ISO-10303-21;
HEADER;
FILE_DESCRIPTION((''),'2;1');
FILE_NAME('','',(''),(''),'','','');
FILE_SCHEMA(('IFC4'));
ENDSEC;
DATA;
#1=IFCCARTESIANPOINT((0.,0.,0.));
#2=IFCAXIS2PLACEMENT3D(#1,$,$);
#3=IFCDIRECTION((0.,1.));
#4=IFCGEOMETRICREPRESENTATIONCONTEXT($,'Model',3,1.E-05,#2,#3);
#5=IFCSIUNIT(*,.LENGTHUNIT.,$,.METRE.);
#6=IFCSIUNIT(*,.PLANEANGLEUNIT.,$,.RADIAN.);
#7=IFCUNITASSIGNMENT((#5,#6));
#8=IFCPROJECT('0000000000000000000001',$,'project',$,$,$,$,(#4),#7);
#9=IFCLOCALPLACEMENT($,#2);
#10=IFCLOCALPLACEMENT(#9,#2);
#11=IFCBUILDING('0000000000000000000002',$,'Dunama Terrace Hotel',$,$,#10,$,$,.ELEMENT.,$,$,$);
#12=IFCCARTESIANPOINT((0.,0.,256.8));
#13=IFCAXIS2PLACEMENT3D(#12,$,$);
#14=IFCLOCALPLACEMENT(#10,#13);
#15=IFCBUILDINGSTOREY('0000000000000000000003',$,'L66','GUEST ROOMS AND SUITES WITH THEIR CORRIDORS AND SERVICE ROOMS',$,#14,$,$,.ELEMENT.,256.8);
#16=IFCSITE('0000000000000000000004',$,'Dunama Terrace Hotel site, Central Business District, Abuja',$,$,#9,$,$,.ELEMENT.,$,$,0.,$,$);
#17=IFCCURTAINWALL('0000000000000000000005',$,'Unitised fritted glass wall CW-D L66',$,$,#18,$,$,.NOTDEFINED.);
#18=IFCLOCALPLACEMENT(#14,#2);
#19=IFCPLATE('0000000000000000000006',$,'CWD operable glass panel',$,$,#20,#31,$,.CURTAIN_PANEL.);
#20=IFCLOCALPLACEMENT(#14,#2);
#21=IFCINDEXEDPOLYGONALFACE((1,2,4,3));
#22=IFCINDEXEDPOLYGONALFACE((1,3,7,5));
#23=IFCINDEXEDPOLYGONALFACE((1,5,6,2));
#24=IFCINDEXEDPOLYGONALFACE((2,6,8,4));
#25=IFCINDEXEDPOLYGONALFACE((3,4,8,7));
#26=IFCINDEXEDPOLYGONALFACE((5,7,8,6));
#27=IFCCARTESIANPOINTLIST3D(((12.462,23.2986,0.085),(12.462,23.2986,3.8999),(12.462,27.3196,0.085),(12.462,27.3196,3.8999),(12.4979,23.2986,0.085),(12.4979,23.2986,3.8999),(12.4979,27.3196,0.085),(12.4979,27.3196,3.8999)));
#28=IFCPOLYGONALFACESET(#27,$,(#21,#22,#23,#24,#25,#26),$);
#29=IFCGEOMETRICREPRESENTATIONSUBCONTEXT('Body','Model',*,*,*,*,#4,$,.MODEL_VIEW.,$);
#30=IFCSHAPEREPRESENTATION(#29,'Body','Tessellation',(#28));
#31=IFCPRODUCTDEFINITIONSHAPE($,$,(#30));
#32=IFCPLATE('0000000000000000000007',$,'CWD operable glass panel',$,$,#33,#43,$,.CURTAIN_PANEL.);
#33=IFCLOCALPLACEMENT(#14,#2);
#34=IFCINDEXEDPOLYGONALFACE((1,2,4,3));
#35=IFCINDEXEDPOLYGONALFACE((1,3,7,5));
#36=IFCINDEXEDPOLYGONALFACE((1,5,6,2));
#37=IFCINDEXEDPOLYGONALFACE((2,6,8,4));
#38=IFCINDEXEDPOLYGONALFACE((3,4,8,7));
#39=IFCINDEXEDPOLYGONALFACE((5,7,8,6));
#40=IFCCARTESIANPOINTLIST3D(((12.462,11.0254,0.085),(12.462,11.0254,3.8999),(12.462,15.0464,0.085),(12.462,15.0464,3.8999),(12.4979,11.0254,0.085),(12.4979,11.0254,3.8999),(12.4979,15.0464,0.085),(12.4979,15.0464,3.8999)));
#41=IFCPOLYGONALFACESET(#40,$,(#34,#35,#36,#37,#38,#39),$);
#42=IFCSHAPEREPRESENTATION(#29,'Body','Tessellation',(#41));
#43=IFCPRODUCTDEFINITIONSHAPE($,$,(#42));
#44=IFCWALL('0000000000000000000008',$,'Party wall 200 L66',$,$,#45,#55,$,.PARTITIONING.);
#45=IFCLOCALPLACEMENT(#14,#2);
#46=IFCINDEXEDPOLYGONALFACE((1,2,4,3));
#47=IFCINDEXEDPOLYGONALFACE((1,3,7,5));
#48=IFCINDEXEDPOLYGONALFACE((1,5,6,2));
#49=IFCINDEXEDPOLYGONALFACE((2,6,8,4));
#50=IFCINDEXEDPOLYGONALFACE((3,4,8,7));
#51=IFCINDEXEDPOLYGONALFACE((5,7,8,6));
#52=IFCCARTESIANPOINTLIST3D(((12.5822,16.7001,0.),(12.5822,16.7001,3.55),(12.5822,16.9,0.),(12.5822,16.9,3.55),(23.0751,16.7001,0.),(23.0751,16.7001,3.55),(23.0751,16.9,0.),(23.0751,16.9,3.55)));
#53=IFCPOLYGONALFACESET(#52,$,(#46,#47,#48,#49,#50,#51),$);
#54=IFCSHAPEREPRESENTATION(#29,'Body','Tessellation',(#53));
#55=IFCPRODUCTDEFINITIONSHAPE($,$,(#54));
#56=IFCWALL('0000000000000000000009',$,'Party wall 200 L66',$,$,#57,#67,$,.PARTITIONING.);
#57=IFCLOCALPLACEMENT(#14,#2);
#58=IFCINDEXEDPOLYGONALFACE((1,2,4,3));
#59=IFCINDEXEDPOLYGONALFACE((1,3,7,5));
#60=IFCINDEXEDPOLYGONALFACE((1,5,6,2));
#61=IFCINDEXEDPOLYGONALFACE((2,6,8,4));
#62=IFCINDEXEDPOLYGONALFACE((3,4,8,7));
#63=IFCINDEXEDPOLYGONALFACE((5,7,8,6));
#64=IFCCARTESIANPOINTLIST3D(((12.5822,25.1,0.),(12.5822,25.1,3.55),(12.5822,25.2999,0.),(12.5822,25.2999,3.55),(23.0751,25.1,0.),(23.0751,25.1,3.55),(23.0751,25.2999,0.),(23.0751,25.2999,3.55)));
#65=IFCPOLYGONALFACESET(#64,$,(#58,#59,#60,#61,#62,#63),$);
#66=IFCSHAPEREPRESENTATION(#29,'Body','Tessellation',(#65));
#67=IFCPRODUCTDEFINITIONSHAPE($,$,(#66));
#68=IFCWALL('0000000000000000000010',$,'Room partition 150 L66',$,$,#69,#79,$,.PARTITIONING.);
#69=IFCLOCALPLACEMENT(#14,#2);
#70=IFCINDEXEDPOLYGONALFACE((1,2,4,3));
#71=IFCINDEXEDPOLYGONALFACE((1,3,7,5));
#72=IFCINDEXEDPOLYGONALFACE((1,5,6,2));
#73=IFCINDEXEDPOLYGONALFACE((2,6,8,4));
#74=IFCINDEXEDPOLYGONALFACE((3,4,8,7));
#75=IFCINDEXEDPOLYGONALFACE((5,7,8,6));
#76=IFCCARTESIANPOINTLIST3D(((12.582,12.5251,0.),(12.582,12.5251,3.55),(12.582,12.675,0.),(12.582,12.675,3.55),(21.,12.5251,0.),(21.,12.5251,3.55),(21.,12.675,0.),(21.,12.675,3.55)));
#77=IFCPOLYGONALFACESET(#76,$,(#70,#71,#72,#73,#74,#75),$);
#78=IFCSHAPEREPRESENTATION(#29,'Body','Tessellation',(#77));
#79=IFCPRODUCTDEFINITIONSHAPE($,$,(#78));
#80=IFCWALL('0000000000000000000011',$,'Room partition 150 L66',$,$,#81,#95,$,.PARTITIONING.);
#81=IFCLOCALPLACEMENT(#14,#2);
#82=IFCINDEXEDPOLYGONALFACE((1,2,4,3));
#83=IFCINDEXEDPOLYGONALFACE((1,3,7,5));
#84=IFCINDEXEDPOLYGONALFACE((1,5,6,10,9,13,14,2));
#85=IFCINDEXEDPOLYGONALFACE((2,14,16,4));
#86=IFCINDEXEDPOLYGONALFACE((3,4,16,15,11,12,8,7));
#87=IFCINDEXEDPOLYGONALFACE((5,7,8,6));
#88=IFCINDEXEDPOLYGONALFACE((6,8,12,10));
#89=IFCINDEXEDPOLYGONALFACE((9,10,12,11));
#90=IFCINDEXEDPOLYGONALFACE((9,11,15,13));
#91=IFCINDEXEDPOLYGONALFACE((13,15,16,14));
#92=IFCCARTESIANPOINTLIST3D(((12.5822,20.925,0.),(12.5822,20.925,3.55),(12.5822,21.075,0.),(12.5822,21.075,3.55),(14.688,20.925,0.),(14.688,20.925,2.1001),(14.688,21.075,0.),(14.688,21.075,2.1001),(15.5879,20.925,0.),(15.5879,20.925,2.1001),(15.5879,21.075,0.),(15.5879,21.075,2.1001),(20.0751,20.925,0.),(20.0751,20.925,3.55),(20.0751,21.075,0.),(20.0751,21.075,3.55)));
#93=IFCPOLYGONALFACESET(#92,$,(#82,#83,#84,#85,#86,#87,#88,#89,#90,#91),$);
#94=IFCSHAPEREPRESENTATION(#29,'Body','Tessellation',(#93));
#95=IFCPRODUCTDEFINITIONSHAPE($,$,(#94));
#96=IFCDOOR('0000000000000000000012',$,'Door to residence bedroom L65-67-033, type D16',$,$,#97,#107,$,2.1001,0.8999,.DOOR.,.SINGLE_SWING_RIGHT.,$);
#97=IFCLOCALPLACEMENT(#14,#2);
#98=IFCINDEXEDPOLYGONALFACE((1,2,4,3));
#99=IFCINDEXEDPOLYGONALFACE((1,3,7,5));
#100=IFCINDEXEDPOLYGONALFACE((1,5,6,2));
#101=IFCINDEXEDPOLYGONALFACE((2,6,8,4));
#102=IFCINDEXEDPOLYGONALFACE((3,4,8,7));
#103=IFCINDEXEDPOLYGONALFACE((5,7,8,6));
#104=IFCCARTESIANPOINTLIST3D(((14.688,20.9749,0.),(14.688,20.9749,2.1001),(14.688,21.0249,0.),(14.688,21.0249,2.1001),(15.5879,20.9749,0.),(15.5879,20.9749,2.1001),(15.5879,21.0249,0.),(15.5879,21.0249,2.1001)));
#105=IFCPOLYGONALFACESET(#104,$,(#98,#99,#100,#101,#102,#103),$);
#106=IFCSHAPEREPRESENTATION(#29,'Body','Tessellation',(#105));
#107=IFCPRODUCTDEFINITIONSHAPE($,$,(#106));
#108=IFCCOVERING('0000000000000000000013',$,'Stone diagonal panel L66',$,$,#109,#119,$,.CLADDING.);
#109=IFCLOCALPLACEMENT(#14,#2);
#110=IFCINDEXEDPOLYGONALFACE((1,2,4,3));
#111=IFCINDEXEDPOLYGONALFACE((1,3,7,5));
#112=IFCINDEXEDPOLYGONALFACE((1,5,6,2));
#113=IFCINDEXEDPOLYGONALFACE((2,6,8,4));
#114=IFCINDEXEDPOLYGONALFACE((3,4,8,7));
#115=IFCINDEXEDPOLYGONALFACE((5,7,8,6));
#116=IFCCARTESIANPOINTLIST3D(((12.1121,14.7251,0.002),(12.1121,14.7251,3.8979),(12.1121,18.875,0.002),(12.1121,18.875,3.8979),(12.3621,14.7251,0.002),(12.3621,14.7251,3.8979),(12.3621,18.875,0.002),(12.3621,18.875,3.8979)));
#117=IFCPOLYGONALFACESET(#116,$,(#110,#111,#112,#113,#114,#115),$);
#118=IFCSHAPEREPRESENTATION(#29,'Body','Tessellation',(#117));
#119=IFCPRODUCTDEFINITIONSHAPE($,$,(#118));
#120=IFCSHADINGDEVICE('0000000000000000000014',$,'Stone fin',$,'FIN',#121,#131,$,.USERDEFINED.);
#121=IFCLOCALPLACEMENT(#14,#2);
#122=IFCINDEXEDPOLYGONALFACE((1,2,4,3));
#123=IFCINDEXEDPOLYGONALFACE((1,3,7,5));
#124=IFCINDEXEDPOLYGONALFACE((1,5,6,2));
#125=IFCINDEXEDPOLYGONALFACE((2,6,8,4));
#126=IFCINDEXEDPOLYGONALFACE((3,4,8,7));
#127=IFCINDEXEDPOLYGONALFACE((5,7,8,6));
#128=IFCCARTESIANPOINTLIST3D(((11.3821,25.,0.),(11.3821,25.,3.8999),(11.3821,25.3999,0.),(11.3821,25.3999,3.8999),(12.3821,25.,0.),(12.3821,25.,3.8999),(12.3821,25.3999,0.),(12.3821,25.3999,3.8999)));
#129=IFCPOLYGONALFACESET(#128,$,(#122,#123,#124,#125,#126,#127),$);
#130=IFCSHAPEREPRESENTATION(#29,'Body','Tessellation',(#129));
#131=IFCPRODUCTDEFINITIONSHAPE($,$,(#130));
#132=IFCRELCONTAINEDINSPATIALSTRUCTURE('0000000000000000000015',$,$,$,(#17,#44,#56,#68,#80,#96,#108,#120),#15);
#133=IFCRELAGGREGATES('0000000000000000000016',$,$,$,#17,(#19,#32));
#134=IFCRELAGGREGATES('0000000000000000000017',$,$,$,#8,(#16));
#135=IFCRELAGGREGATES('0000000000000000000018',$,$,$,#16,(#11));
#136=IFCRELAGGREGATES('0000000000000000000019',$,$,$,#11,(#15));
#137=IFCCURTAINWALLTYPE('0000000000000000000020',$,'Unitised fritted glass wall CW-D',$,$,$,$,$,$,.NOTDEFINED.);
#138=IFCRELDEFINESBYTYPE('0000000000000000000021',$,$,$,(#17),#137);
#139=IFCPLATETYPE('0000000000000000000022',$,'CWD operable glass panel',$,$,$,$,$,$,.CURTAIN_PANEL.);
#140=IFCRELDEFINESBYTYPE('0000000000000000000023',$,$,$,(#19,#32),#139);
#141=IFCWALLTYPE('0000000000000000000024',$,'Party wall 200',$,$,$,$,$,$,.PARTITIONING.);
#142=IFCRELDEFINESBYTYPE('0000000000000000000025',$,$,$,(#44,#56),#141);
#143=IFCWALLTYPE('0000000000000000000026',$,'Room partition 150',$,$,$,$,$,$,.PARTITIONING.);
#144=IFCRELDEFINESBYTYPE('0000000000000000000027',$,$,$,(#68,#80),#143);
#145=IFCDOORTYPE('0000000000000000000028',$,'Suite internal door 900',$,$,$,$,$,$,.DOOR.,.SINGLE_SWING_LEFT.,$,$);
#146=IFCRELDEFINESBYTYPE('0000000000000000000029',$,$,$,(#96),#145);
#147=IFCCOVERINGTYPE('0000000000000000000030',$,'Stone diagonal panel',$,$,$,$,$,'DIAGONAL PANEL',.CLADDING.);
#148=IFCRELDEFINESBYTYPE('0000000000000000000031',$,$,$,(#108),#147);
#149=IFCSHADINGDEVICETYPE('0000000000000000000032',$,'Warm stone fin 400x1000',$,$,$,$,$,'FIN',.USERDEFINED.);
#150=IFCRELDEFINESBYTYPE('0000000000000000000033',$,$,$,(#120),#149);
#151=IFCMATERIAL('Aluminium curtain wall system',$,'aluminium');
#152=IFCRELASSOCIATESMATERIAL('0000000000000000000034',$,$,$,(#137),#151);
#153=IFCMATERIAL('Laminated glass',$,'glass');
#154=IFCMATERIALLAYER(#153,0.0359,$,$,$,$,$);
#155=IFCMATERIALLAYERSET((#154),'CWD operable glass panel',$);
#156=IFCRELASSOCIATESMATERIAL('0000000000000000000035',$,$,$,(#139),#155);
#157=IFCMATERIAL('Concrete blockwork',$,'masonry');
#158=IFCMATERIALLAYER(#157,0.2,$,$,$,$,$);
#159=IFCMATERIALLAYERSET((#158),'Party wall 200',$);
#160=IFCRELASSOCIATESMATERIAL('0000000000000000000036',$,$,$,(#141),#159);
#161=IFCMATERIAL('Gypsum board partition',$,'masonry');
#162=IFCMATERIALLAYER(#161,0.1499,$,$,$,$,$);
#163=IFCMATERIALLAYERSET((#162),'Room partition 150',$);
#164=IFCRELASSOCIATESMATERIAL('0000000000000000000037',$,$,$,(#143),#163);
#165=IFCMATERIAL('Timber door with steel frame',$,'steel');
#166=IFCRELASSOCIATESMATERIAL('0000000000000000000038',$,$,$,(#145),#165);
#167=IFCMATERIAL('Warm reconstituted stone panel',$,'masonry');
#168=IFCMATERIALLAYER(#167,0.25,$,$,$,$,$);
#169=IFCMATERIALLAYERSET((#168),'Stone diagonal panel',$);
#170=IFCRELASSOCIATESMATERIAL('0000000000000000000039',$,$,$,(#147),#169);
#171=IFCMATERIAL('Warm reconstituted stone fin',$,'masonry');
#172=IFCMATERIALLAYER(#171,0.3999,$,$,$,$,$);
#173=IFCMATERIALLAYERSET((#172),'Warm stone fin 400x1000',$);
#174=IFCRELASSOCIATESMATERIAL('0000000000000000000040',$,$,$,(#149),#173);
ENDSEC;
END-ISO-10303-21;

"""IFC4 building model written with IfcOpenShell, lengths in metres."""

from ifc_helpers import new_model, si_unit, direction, frame, frame_2d, origin, origin_2d, place, context, subcontext, project, spatial, rectangle, extrude, material, layer, layer_set, type_object, element, fill, aggregate, save


model = new_model("IFC4")

# Units and contexts
model_context = context("Model", 3, precision=1e-05, world=origin(), true_north=direction((0.0, 1.0)))
body_context = subcontext(model_context, "Body", "Model", "MODEL_VIEW")
ifc_project = project(units=[si_unit("LENGTHUNIT", "METRE"), si_unit("PLANEANGLEUNIT", "RADIAN")], contexts=[model_context])

# Site, building, storey
site_placement = place(None, origin())
site = spatial("IfcSite", under=ifc_project, at=site_placement, Name="Dunama Terrace Hotel site, Central Business District, Abuja", CompositionType="ELEMENT", RefElevation=0.0)
building_placement = place(site_placement, origin())
building = spatial("IfcBuilding", under=site, at=building_placement, Name="Dunama Terrace Hotel", CompositionType="ELEMENT")
storey_placement = place(building_placement, frame((0.0, 0.0, 256.8)))
storey = spatial("IfcBuildingStorey", under=building, at=storey_placement, Name="L66", Description="GUEST ROOMS AND SUITES WITH THEIR CORRIDORS AND SERVICE ROOMS", CompositionType="ELEMENT", Elevation=256.8)

# Curtain wall
ifc_material_1 = material(Name="Aluminium curtain wall system", Category="aluminium")
curtain_wall_type = type_object("IfcCurtainWallType", Name="Unitised fritted glass wall CW-D", PredefinedType="NOTDEFINED", material=ifc_material_1)
curtain_wall_placement = place(storey_placement, origin())
curtain_wall = element("IfcCurtainWall", 1, at=curtain_wall_placement, inside=storey, type_object=curtain_wall_type, Name="Unitised fritted glass wall CW-D L66", PredefinedType="NOTDEFINED")

# Plates
ifc_material_2 = material(Name="Laminated glass", Category="glass")
ifc_layer_1 = layer(ifc_material_2, 0.0359)
ifc_layer_set_1 = layer_set([ifc_layer_1], Name="CWD operable glass panel")
plate_type_1 = type_object("IfcPlateType", Name="CWD operable glass panel", PredefinedType="CURTAIN_PANEL", material=ifc_layer_set_1)
plate_1_placement = place(storey_placement, frame((12.48, 25.3091, 0.085), z_axis=(0.0, 0.0, 1.0), x_axis=(0.0, -1.0, 0.0)))
plate_1 = element("IfcPlate", 2, at=plate_1_placement, type_object=plate_type_1, Name="CWD operable glass panel", PredefinedType="CURTAIN_PANEL", context=body_context, shape_type="SweptSolid", body=[
    extrude(rectangle(XDim=4.021, YDim=0.0359, at=origin_2d()), origin(), (0.0, 0.0, 1.0), 3.8149),
])
plate_2_placement = place(storey_placement, frame((12.48, 13.0359, 0.085), z_axis=(0.0, 0.0, 1.0), x_axis=(0.0, -1.0, 0.0)))
plate_2 = element("IfcPlate", 3, at=plate_2_placement, type_object=plate_type_1, Name="CWD operable glass panel", PredefinedType="CURTAIN_PANEL", context=body_context, shape_type="SweptSolid", body=[
    extrude(rectangle(XDim=4.021, YDim=0.0359, at=origin_2d()), origin(), (0.0, 0.0, 1.0), 3.8149),
])
aggregate(curtain_wall, [plate_1, plate_2])

# Walls
ifc_material_3 = material(Name="Concrete blockwork", Category="masonry")
ifc_layer_2 = layer(ifc_material_3, 0.2)
ifc_layer_set_2 = layer_set([ifc_layer_2], Name="Party wall 200")
wall_type_1 = type_object("IfcWallType", Name="Party wall 200", PredefinedType="PARTITIONING", material=ifc_layer_set_2)
for number, where, z_axis, x_axis, name in (
    (4, (12.582, 16.8, 0.0), (0.0, 0.0, 1.0), (1.0, 0.0, 0.0), "Party wall 200 L66"),
    (5, (12.582, 25.2, 0.0), (0.0, 0.0, 1.0), (1.0, 0.0, 0.0), "Party wall 200 L66"),
):
    element("IfcWall", number, at=place(storey_placement, frame(where, z_axis=z_axis, x_axis=x_axis)), inside=storey, type_object=wall_type_1, Name=name, PredefinedType="PARTITIONING", context=body_context, shape_type="SweptSolid", body=[
        extrude(rectangle(XDim=10.4929, YDim=0.2, at=frame_2d((5.2466, 0.0))), origin(), (0.0, 0.0, 1.0), 3.55),
    ])
ifc_material_4 = material(Name="Gypsum board partition", Category="masonry")
ifc_layer_3 = layer(ifc_material_4, 0.1499)
ifc_layer_set_3 = layer_set([ifc_layer_3], Name="Room partition 150")
wall_type_2 = type_object("IfcWallType", Name="Room partition 150", PredefinedType="PARTITIONING", material=ifc_layer_set_3)
wall_1_placement = place(storey_placement, frame((12.582, 12.6001, 0.0), z_axis=(0.0, 0.0, 1.0), x_axis=(1.0, 0.0, 0.0)))
element("IfcWall", 6, at=wall_1_placement, inside=storey, type_object=wall_type_2, Name="Room partition 150 L66", PredefinedType="PARTITIONING", context=body_context, shape_type="SweptSolid", body=[
    extrude(rectangle(XDim=8.418, YDim=0.1499, at=frame_2d((4.209, 0.0))), origin(), (0.0, 0.0, 1.0), 3.55),
])

# Wall, opening, door
wall_2_placement = place(storey_placement, frame((12.582, 21.0, 0.0), z_axis=(0.0, 0.0, 1.0), x_axis=(1.0, 0.0, 0.0)))
wall_2 = element("IfcWall", 7, at=wall_2_placement, inside=storey, type_object=wall_type_2, Name="Room partition 150 L66", PredefinedType="PARTITIONING", context=body_context, shape_type="SweptSolid", body=[
    extrude(rectangle(XDim=7.4929, YDim=0.1499, at=frame_2d((3.7466, 0.0))), origin(), (0.0, 0.0, 1.0), 3.55),
])
opening_placement = place(wall_2_placement, frame((2.106, 0.0, 0.0)))
opening = element("IfcOpeningElement", 8, at=opening_placement, cuts=wall_2, PredefinedType="OPENING", context=body_context, shape_type="SweptSolid", body=[
    extrude(rectangle(XDim=0.8999, YDim=2.1001, at=frame_2d((0.45, 1.05))), frame((0.0, 0.085, 0.0), z_axis=(0.0, -1.0, 0.0), x_axis=(1.0, 0.0, 0.0)), (0.0, 0.0, 1.0), 0.1699),
])
ifc_material_5 = material(Name="Timber door with steel frame", Category="steel")
door_type = type_object("IfcDoorType", Name="Suite internal door 900", OperationType="SINGLE_SWING_LEFT", PredefinedType="DOOR", material=ifc_material_5)
door_placement = place(opening_placement, origin())
door = element("IfcDoor", 9, at=door_placement, inside=storey, type_object=door_type, Name="Door to residence bedroom L65-67-033, type D16", OperationType="SINGLE_SWING_RIGHT", OverallHeight=2.1001, OverallWidth=0.8999, PredefinedType="DOOR", context=body_context, shape_type="SweptSolid", body=[
    extrude(rectangle(XDim=0.8999, YDim=2.1001, at=frame_2d((0.45, 1.05))), frame((0.0, 0.0249, 0.0), z_axis=(0.0, -1.0, 0.0), x_axis=(1.0, 0.0, 0.0)), (0.0, 0.0, 1.0), 0.05),
])
fill(opening, door)

# Covering
ifc_material_6 = material(Name="Warm reconstituted stone panel", Category="masonry")
ifc_layer_4 = layer(ifc_material_6, 0.25)
ifc_layer_set_4 = layer_set([ifc_layer_4], Name="Stone diagonal panel")
covering_type = type_object("IfcCoveringType", Name="Stone diagonal panel", ElementType="DIAGONAL PANEL", PredefinedType="CLADDING", material=ifc_layer_set_4)
covering_placement = place(storey_placement, frame((12.2371, 16.8, 0.002), z_axis=(0.0, 0.0, 1.0), x_axis=(0.0, -1.0, 0.0)))
element("IfcCovering", 10, at=covering_placement, inside=storey, type_object=covering_type, Name="Stone diagonal panel L66", PredefinedType="CLADDING", context=body_context, shape_type="SweptSolid", body=[
    extrude(rectangle(XDim=4.1499, YDim=0.25, at=origin_2d()), origin(), (0.0, 0.0, 1.0), 3.896),
])

# Shading device
ifc_material_7 = material(Name="Warm reconstituted stone fin", Category="masonry")
ifc_layer_5 = layer(ifc_material_7, 0.3999)
ifc_layer_set_5 = layer_set([ifc_layer_5], Name="Warm stone fin 400x1000")
shading_device_type = type_object("IfcShadingDeviceType", Name="Warm stone fin 400x1000", ElementType="FIN", PredefinedType="USERDEFINED", material=ifc_layer_set_5)
shading_device_placement = place(storey_placement, frame((11.8821, 25.2, 0.0), z_axis=(0.0, 0.0, 1.0), x_axis=(0.0, -1.0, 0.0)))
element("IfcShadingDevice", 11, at=shading_device_placement, inside=storey, type_object=shading_device_type, Name="Stone fin", ObjectType="FIN", PredefinedType="USERDEFINED", context=body_context, shape_type="SweptSolid", body=[
    extrude(rectangle(XDim=0.3999, YDim=1.0, at=origin_2d()), origin(), (0.0, 0.0, 1.0), 3.8999),
])

save(model, "model.ifc")
